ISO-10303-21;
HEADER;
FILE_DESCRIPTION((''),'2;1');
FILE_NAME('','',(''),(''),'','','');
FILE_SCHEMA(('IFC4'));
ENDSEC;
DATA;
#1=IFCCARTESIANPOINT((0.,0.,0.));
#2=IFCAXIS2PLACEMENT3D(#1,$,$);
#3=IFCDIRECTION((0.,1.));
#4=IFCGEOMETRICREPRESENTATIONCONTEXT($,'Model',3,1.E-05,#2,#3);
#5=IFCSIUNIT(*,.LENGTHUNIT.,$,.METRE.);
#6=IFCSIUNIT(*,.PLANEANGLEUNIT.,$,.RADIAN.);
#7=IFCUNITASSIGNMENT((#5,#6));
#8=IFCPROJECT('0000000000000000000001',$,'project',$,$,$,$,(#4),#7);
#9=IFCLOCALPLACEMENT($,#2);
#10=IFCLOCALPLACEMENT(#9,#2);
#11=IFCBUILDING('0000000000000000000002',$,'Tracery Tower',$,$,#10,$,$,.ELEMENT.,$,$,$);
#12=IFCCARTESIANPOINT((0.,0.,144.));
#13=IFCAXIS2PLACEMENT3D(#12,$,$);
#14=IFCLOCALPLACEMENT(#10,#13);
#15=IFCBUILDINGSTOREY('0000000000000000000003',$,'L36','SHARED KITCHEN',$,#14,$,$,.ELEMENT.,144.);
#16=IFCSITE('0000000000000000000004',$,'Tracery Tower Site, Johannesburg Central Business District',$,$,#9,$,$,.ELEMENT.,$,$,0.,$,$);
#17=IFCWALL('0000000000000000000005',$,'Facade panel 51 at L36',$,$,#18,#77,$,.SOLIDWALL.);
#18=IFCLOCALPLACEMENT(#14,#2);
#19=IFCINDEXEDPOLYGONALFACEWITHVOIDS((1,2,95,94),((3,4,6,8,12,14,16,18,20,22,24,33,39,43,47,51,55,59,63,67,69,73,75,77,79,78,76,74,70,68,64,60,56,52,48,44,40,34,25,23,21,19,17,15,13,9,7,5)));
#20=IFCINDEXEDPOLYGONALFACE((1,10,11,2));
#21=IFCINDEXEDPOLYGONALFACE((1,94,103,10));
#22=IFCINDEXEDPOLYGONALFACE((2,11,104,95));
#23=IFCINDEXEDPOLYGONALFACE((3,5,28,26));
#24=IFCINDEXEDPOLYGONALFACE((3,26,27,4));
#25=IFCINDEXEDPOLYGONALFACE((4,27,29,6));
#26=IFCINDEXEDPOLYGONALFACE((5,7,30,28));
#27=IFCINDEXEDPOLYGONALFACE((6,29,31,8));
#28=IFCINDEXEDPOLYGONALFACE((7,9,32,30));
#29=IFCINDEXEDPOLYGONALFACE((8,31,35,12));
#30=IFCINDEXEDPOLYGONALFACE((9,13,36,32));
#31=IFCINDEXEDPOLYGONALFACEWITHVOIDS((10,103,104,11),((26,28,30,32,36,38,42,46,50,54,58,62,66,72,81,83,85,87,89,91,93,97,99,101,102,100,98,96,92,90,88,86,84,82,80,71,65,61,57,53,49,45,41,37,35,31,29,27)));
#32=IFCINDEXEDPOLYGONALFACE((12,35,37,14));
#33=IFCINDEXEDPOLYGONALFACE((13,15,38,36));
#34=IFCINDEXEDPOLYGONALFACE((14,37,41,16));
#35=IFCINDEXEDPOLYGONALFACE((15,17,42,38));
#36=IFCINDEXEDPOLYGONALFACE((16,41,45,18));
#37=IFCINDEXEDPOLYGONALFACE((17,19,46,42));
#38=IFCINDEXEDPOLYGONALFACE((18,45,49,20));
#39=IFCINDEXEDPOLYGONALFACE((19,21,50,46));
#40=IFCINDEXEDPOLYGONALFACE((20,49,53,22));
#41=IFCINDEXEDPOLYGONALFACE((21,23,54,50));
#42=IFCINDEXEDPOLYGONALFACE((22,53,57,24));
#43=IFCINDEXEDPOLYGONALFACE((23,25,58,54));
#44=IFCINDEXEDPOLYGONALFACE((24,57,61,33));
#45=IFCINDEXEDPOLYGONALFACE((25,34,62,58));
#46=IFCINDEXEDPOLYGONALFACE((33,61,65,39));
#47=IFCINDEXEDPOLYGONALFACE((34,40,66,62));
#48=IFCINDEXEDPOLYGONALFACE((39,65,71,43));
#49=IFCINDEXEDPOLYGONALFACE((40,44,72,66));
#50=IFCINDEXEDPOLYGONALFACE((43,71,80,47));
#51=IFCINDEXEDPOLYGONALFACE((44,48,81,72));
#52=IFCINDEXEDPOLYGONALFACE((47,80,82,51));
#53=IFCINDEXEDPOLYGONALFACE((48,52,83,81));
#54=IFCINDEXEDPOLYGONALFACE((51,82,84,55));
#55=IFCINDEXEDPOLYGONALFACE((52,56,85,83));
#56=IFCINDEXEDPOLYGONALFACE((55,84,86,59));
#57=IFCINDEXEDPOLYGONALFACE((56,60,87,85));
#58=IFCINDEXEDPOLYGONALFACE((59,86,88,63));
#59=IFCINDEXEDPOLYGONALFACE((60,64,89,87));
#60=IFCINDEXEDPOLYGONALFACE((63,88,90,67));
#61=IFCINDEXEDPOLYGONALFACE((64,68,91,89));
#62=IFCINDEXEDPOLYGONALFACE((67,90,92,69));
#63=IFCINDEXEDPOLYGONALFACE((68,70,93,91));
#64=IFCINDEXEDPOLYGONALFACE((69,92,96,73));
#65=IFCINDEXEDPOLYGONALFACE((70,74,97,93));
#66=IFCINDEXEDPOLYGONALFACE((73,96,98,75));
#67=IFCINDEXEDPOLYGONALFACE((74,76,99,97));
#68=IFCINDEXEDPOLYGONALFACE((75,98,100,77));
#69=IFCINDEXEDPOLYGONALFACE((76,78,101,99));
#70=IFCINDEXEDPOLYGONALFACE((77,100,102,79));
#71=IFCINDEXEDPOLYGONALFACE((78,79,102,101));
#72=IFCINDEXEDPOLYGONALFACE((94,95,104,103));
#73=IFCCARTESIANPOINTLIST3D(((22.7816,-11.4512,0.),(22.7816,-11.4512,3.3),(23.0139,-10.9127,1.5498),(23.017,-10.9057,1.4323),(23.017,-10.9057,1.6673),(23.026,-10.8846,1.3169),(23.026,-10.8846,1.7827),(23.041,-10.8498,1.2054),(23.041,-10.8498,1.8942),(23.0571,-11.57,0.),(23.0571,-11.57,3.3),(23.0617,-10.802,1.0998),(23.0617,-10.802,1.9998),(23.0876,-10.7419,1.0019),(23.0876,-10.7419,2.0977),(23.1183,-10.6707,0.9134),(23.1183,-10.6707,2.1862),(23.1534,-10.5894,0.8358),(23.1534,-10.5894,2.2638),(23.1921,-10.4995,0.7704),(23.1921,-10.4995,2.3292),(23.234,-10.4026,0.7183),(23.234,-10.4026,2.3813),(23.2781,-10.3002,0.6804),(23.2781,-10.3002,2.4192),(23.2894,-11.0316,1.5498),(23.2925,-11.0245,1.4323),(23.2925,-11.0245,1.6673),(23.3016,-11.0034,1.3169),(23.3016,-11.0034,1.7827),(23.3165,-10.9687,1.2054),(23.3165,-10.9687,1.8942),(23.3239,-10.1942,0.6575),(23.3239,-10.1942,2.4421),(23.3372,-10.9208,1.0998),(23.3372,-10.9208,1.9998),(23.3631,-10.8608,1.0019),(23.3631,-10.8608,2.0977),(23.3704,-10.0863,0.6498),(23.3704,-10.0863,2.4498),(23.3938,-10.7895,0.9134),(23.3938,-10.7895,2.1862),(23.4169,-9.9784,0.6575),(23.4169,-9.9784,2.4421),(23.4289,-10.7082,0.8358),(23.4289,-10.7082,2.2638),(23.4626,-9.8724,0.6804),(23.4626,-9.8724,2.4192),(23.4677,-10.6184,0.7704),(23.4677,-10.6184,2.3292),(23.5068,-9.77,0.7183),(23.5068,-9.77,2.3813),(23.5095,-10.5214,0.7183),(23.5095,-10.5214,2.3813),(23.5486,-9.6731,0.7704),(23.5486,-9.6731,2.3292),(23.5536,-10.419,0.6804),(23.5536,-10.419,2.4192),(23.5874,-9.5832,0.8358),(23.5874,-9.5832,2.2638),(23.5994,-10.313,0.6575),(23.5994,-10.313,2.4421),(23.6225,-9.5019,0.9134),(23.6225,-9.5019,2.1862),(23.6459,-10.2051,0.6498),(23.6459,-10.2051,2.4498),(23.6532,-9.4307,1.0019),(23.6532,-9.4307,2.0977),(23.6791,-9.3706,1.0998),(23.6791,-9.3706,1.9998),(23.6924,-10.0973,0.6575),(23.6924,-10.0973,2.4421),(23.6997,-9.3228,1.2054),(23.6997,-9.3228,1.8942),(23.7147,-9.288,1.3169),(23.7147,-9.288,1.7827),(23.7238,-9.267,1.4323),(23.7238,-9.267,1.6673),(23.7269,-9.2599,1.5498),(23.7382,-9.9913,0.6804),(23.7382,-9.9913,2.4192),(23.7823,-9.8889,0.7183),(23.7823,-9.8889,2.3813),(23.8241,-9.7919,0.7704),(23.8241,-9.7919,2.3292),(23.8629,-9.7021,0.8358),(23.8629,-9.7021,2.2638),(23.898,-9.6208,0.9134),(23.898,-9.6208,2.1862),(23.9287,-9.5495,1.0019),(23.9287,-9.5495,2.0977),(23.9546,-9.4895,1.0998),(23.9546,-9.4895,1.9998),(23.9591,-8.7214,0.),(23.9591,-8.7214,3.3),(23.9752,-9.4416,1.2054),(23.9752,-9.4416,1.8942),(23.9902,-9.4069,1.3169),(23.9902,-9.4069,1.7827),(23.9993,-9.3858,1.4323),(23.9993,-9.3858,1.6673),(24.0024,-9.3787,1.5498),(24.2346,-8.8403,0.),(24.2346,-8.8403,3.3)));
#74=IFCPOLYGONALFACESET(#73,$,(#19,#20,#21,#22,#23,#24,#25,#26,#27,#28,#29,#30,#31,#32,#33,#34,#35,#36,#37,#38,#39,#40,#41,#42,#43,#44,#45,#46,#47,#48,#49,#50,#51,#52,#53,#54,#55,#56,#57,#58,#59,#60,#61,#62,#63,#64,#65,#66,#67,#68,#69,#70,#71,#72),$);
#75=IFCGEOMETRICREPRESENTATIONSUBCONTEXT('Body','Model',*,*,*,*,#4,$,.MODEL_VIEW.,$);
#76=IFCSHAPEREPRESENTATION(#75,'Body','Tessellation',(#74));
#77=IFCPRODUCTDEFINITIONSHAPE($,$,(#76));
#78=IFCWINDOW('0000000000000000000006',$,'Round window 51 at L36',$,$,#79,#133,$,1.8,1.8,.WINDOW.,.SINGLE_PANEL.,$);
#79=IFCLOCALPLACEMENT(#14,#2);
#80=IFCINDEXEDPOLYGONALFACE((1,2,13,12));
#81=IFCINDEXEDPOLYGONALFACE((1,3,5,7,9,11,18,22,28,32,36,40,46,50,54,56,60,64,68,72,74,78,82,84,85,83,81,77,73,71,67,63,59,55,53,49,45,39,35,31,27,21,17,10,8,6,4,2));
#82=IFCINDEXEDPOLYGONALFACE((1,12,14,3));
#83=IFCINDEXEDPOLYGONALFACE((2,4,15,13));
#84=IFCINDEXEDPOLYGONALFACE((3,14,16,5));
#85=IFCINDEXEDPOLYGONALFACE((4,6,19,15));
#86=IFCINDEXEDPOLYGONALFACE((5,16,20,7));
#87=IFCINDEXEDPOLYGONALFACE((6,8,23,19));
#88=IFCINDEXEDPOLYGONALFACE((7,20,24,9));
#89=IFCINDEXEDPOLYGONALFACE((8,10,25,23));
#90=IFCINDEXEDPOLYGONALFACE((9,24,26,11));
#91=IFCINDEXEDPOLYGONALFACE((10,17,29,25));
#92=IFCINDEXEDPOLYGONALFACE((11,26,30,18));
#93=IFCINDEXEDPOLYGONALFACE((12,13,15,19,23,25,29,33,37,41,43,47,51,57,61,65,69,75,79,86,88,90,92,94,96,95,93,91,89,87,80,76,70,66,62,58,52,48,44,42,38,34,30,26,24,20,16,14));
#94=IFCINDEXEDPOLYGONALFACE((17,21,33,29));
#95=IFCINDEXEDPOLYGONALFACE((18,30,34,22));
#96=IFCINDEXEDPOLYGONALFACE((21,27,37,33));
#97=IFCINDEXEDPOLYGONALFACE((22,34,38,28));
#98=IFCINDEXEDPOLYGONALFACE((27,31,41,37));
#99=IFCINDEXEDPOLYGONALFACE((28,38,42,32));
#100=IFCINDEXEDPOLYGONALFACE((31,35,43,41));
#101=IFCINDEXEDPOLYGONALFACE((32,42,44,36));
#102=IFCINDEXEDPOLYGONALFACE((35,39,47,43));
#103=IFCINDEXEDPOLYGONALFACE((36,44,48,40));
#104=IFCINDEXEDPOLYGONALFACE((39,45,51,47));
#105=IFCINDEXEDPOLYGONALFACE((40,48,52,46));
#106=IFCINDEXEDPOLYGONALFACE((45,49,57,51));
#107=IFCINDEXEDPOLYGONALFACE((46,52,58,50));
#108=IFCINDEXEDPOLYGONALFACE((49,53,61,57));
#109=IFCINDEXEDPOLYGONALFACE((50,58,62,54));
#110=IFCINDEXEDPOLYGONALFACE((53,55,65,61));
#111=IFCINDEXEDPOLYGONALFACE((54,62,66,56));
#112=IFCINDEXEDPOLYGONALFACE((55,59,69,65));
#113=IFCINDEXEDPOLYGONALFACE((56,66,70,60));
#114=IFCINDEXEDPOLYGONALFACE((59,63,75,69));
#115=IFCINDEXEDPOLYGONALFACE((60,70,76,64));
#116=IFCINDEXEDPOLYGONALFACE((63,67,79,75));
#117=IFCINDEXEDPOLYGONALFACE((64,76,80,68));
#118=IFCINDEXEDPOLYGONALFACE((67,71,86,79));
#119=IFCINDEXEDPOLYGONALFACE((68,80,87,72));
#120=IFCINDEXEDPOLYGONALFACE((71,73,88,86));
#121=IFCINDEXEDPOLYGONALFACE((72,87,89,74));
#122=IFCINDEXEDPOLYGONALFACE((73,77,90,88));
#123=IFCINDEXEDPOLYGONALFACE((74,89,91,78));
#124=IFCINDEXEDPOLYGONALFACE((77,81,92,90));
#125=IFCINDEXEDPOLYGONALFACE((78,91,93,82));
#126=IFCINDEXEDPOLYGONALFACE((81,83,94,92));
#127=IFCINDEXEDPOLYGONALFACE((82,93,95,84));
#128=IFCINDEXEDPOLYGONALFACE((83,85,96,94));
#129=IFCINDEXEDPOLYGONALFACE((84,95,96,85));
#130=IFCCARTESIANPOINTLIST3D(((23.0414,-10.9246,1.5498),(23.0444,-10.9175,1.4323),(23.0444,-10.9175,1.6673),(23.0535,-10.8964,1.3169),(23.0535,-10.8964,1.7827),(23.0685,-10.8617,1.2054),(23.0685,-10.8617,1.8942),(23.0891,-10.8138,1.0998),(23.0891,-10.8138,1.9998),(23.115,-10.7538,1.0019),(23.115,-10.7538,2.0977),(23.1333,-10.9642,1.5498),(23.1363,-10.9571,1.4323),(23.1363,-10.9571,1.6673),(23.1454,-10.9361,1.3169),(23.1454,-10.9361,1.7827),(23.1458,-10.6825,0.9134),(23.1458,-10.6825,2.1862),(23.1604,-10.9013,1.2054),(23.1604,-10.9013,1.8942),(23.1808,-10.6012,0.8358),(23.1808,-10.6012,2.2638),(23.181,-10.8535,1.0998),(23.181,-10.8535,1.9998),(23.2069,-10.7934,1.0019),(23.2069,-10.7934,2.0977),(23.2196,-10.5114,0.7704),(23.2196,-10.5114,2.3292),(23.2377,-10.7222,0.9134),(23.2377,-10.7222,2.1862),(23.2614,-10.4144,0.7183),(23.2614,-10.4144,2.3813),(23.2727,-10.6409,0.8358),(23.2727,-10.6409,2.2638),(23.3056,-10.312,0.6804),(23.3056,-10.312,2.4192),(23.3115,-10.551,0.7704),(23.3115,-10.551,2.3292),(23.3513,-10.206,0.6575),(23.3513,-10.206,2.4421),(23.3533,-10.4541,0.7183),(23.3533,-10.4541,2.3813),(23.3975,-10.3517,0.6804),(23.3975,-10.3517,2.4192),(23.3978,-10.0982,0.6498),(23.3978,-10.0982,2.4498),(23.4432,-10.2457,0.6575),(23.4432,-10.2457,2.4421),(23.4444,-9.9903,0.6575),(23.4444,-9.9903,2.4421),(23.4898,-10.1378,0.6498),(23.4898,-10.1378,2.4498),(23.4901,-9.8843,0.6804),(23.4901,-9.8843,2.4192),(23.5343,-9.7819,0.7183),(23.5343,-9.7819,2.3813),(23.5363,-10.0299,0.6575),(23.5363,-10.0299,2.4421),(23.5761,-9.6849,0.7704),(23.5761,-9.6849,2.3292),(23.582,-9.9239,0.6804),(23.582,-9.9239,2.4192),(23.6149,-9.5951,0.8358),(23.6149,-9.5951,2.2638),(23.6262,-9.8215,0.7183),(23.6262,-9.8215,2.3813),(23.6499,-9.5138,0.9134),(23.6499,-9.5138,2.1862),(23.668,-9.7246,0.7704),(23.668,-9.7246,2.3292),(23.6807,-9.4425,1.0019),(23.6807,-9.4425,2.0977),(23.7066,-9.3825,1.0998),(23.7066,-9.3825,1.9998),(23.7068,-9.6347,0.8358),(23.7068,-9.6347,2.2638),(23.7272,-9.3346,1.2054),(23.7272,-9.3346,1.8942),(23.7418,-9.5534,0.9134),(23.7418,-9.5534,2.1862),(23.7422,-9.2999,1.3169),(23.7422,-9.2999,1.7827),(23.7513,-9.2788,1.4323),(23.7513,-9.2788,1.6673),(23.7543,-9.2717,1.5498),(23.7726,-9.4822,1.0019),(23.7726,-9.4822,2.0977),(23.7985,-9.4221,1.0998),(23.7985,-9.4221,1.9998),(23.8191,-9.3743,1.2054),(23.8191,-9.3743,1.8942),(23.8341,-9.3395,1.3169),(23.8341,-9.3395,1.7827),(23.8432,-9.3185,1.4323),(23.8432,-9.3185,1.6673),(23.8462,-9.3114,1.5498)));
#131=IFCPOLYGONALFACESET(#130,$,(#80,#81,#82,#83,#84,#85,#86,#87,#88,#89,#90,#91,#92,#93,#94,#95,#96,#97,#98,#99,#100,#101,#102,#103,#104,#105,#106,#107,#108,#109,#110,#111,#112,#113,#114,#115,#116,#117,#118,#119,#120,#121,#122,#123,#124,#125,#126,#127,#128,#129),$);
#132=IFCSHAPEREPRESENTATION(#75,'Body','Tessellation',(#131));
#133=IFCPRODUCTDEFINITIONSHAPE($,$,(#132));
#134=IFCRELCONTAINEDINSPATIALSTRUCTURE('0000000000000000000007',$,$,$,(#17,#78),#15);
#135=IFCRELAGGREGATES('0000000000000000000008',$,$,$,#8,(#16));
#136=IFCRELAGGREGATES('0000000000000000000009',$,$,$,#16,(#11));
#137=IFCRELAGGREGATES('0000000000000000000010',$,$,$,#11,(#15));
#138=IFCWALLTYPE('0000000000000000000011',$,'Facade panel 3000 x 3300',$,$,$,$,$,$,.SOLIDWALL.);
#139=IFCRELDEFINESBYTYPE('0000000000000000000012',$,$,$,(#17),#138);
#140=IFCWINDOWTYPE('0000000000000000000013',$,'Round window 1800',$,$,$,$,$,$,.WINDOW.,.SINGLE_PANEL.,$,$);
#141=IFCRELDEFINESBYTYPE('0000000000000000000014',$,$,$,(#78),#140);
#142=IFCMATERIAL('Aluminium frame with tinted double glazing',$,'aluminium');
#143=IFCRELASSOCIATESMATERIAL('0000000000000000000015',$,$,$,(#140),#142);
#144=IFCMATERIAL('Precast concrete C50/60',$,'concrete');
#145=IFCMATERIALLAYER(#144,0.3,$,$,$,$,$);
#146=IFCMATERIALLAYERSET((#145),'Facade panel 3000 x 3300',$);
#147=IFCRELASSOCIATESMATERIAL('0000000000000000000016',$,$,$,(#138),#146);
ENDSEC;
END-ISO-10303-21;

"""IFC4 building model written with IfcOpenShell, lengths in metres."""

from ifc_helpers import new_model, si_unit, direction, frame, frame_2d, origin, origin_2d, place, context, subcontext, project, spatial, rectangle, circle, extrude, material, layer, layer_set, type_object, element, fill, save


model = new_model("IFC4")

# Units and contexts
model_context = context("Model", 3, precision=1e-05, world=origin(), true_north=direction((0.0, 1.0)))
body_context = subcontext(model_context, "Body", "Model", "MODEL_VIEW")
ifc_project = project(units=[si_unit("LENGTHUNIT", "METRE"), si_unit("PLANEANGLEUNIT", "RADIAN")], contexts=[model_context])

# Site, building, storey
site_placement = place(None, origin())
site = spatial("IfcSite", under=ifc_project, at=site_placement, Name="Tracery Tower Site, Johannesburg Central Business District", CompositionType="ELEMENT", RefElevation=0.0)
building_placement = place(site_placement, origin())
building = spatial("IfcBuilding", under=site, at=building_placement, Name="Tracery Tower", CompositionType="ELEMENT")
storey_placement = place(building_placement, frame((0.0, 0.0, 144.0)))
storey = spatial("IfcBuildingStorey", under=building, at=storey_placement, Name="L36", Description="SHARED KITCHEN", CompositionType="ELEMENT", Elevation=144.0)

# Wall, opening, window
ifc_material_1 = material(Name="Aluminium frame with tinted double glazing", Category="aluminium")
window_type = type_object("IfcWindowType", Name="Round window 1800", PartitioningType="SINGLE_PANEL", PredefinedType="WINDOW", material=ifc_material_1)
ifc_material_2 = material(Name="Precast concrete C50/60", Category="concrete")
ifc_layer_1 = layer(ifc_material_2, 0.3)
ifc_layer_set_1 = layer_set([ifc_layer_1], Name="Facade panel 3000 x 3300")
wall_type_1 = type_object("IfcWallType", Name="Facade panel 3000 x 3300", PredefinedType="SOLIDWALL", material=ifc_layer_set_1)
wall_1_placement = place(storey_placement, frame((22.9194, -11.5105, 0.0), z_axis=(0.0, 0.0, 1.0), x_axis=(0.396079, 0.918216, 0.0)))
wall_1 = element("IfcWall", 1, at=wall_1_placement, inside=storey, type_object=wall_type_1, Name="Facade panel 51 at L36", PredefinedType="SOLIDWALL", context=body_context, shape_type="SweptSolid", body=[
    extrude(rectangle(XDim=2.9729, YDim=0.3, at=frame_2d((1.4863, 0.0))), origin(), (0.0, 0.0, 1.0), 3.3),
])
opening_1_placement = place(wall_1_placement, frame((1.4863, 0.0, 1.5498)))
opening_1 = element("IfcOpeningElement", 2, at=opening_1_placement, cuts=wall_1, PredefinedType="OPENING", context=body_context, shape_type="SweptSolid", body=[
    extrude(circle(Radius=0.9, at=origin_2d()), frame((0.0, 0.1599, 0.0), z_axis=(0.0, -1.0, 0.0), x_axis=(1.0, 0.0, 0.0)), (0.0, 0.0, 1.0), 0.3201),
])
window_1_placement = place(opening_1_placement, origin())
window_1 = element("IfcWindow", 3, at=window_1_placement, inside=storey, type_object=window_type, Name="Round window 51 at L36", OverallHeight=1.8, OverallWidth=1.8, PartitioningType="SINGLE_PANEL", PredefinedType="WINDOW", context=body_context, shape_type="SweptSolid", body=[
    extrude(circle(Radius=0.9, at=origin_2d()), frame((0.0, 0.1201, 0.0), z_axis=(0.0, -1.0, 0.0), x_axis=(1.0, 0.0, 0.0)), (0.0, 0.0, 1.0), 0.1001),
])
fill(opening_1, window_1)

save(model, "model.ifc")
